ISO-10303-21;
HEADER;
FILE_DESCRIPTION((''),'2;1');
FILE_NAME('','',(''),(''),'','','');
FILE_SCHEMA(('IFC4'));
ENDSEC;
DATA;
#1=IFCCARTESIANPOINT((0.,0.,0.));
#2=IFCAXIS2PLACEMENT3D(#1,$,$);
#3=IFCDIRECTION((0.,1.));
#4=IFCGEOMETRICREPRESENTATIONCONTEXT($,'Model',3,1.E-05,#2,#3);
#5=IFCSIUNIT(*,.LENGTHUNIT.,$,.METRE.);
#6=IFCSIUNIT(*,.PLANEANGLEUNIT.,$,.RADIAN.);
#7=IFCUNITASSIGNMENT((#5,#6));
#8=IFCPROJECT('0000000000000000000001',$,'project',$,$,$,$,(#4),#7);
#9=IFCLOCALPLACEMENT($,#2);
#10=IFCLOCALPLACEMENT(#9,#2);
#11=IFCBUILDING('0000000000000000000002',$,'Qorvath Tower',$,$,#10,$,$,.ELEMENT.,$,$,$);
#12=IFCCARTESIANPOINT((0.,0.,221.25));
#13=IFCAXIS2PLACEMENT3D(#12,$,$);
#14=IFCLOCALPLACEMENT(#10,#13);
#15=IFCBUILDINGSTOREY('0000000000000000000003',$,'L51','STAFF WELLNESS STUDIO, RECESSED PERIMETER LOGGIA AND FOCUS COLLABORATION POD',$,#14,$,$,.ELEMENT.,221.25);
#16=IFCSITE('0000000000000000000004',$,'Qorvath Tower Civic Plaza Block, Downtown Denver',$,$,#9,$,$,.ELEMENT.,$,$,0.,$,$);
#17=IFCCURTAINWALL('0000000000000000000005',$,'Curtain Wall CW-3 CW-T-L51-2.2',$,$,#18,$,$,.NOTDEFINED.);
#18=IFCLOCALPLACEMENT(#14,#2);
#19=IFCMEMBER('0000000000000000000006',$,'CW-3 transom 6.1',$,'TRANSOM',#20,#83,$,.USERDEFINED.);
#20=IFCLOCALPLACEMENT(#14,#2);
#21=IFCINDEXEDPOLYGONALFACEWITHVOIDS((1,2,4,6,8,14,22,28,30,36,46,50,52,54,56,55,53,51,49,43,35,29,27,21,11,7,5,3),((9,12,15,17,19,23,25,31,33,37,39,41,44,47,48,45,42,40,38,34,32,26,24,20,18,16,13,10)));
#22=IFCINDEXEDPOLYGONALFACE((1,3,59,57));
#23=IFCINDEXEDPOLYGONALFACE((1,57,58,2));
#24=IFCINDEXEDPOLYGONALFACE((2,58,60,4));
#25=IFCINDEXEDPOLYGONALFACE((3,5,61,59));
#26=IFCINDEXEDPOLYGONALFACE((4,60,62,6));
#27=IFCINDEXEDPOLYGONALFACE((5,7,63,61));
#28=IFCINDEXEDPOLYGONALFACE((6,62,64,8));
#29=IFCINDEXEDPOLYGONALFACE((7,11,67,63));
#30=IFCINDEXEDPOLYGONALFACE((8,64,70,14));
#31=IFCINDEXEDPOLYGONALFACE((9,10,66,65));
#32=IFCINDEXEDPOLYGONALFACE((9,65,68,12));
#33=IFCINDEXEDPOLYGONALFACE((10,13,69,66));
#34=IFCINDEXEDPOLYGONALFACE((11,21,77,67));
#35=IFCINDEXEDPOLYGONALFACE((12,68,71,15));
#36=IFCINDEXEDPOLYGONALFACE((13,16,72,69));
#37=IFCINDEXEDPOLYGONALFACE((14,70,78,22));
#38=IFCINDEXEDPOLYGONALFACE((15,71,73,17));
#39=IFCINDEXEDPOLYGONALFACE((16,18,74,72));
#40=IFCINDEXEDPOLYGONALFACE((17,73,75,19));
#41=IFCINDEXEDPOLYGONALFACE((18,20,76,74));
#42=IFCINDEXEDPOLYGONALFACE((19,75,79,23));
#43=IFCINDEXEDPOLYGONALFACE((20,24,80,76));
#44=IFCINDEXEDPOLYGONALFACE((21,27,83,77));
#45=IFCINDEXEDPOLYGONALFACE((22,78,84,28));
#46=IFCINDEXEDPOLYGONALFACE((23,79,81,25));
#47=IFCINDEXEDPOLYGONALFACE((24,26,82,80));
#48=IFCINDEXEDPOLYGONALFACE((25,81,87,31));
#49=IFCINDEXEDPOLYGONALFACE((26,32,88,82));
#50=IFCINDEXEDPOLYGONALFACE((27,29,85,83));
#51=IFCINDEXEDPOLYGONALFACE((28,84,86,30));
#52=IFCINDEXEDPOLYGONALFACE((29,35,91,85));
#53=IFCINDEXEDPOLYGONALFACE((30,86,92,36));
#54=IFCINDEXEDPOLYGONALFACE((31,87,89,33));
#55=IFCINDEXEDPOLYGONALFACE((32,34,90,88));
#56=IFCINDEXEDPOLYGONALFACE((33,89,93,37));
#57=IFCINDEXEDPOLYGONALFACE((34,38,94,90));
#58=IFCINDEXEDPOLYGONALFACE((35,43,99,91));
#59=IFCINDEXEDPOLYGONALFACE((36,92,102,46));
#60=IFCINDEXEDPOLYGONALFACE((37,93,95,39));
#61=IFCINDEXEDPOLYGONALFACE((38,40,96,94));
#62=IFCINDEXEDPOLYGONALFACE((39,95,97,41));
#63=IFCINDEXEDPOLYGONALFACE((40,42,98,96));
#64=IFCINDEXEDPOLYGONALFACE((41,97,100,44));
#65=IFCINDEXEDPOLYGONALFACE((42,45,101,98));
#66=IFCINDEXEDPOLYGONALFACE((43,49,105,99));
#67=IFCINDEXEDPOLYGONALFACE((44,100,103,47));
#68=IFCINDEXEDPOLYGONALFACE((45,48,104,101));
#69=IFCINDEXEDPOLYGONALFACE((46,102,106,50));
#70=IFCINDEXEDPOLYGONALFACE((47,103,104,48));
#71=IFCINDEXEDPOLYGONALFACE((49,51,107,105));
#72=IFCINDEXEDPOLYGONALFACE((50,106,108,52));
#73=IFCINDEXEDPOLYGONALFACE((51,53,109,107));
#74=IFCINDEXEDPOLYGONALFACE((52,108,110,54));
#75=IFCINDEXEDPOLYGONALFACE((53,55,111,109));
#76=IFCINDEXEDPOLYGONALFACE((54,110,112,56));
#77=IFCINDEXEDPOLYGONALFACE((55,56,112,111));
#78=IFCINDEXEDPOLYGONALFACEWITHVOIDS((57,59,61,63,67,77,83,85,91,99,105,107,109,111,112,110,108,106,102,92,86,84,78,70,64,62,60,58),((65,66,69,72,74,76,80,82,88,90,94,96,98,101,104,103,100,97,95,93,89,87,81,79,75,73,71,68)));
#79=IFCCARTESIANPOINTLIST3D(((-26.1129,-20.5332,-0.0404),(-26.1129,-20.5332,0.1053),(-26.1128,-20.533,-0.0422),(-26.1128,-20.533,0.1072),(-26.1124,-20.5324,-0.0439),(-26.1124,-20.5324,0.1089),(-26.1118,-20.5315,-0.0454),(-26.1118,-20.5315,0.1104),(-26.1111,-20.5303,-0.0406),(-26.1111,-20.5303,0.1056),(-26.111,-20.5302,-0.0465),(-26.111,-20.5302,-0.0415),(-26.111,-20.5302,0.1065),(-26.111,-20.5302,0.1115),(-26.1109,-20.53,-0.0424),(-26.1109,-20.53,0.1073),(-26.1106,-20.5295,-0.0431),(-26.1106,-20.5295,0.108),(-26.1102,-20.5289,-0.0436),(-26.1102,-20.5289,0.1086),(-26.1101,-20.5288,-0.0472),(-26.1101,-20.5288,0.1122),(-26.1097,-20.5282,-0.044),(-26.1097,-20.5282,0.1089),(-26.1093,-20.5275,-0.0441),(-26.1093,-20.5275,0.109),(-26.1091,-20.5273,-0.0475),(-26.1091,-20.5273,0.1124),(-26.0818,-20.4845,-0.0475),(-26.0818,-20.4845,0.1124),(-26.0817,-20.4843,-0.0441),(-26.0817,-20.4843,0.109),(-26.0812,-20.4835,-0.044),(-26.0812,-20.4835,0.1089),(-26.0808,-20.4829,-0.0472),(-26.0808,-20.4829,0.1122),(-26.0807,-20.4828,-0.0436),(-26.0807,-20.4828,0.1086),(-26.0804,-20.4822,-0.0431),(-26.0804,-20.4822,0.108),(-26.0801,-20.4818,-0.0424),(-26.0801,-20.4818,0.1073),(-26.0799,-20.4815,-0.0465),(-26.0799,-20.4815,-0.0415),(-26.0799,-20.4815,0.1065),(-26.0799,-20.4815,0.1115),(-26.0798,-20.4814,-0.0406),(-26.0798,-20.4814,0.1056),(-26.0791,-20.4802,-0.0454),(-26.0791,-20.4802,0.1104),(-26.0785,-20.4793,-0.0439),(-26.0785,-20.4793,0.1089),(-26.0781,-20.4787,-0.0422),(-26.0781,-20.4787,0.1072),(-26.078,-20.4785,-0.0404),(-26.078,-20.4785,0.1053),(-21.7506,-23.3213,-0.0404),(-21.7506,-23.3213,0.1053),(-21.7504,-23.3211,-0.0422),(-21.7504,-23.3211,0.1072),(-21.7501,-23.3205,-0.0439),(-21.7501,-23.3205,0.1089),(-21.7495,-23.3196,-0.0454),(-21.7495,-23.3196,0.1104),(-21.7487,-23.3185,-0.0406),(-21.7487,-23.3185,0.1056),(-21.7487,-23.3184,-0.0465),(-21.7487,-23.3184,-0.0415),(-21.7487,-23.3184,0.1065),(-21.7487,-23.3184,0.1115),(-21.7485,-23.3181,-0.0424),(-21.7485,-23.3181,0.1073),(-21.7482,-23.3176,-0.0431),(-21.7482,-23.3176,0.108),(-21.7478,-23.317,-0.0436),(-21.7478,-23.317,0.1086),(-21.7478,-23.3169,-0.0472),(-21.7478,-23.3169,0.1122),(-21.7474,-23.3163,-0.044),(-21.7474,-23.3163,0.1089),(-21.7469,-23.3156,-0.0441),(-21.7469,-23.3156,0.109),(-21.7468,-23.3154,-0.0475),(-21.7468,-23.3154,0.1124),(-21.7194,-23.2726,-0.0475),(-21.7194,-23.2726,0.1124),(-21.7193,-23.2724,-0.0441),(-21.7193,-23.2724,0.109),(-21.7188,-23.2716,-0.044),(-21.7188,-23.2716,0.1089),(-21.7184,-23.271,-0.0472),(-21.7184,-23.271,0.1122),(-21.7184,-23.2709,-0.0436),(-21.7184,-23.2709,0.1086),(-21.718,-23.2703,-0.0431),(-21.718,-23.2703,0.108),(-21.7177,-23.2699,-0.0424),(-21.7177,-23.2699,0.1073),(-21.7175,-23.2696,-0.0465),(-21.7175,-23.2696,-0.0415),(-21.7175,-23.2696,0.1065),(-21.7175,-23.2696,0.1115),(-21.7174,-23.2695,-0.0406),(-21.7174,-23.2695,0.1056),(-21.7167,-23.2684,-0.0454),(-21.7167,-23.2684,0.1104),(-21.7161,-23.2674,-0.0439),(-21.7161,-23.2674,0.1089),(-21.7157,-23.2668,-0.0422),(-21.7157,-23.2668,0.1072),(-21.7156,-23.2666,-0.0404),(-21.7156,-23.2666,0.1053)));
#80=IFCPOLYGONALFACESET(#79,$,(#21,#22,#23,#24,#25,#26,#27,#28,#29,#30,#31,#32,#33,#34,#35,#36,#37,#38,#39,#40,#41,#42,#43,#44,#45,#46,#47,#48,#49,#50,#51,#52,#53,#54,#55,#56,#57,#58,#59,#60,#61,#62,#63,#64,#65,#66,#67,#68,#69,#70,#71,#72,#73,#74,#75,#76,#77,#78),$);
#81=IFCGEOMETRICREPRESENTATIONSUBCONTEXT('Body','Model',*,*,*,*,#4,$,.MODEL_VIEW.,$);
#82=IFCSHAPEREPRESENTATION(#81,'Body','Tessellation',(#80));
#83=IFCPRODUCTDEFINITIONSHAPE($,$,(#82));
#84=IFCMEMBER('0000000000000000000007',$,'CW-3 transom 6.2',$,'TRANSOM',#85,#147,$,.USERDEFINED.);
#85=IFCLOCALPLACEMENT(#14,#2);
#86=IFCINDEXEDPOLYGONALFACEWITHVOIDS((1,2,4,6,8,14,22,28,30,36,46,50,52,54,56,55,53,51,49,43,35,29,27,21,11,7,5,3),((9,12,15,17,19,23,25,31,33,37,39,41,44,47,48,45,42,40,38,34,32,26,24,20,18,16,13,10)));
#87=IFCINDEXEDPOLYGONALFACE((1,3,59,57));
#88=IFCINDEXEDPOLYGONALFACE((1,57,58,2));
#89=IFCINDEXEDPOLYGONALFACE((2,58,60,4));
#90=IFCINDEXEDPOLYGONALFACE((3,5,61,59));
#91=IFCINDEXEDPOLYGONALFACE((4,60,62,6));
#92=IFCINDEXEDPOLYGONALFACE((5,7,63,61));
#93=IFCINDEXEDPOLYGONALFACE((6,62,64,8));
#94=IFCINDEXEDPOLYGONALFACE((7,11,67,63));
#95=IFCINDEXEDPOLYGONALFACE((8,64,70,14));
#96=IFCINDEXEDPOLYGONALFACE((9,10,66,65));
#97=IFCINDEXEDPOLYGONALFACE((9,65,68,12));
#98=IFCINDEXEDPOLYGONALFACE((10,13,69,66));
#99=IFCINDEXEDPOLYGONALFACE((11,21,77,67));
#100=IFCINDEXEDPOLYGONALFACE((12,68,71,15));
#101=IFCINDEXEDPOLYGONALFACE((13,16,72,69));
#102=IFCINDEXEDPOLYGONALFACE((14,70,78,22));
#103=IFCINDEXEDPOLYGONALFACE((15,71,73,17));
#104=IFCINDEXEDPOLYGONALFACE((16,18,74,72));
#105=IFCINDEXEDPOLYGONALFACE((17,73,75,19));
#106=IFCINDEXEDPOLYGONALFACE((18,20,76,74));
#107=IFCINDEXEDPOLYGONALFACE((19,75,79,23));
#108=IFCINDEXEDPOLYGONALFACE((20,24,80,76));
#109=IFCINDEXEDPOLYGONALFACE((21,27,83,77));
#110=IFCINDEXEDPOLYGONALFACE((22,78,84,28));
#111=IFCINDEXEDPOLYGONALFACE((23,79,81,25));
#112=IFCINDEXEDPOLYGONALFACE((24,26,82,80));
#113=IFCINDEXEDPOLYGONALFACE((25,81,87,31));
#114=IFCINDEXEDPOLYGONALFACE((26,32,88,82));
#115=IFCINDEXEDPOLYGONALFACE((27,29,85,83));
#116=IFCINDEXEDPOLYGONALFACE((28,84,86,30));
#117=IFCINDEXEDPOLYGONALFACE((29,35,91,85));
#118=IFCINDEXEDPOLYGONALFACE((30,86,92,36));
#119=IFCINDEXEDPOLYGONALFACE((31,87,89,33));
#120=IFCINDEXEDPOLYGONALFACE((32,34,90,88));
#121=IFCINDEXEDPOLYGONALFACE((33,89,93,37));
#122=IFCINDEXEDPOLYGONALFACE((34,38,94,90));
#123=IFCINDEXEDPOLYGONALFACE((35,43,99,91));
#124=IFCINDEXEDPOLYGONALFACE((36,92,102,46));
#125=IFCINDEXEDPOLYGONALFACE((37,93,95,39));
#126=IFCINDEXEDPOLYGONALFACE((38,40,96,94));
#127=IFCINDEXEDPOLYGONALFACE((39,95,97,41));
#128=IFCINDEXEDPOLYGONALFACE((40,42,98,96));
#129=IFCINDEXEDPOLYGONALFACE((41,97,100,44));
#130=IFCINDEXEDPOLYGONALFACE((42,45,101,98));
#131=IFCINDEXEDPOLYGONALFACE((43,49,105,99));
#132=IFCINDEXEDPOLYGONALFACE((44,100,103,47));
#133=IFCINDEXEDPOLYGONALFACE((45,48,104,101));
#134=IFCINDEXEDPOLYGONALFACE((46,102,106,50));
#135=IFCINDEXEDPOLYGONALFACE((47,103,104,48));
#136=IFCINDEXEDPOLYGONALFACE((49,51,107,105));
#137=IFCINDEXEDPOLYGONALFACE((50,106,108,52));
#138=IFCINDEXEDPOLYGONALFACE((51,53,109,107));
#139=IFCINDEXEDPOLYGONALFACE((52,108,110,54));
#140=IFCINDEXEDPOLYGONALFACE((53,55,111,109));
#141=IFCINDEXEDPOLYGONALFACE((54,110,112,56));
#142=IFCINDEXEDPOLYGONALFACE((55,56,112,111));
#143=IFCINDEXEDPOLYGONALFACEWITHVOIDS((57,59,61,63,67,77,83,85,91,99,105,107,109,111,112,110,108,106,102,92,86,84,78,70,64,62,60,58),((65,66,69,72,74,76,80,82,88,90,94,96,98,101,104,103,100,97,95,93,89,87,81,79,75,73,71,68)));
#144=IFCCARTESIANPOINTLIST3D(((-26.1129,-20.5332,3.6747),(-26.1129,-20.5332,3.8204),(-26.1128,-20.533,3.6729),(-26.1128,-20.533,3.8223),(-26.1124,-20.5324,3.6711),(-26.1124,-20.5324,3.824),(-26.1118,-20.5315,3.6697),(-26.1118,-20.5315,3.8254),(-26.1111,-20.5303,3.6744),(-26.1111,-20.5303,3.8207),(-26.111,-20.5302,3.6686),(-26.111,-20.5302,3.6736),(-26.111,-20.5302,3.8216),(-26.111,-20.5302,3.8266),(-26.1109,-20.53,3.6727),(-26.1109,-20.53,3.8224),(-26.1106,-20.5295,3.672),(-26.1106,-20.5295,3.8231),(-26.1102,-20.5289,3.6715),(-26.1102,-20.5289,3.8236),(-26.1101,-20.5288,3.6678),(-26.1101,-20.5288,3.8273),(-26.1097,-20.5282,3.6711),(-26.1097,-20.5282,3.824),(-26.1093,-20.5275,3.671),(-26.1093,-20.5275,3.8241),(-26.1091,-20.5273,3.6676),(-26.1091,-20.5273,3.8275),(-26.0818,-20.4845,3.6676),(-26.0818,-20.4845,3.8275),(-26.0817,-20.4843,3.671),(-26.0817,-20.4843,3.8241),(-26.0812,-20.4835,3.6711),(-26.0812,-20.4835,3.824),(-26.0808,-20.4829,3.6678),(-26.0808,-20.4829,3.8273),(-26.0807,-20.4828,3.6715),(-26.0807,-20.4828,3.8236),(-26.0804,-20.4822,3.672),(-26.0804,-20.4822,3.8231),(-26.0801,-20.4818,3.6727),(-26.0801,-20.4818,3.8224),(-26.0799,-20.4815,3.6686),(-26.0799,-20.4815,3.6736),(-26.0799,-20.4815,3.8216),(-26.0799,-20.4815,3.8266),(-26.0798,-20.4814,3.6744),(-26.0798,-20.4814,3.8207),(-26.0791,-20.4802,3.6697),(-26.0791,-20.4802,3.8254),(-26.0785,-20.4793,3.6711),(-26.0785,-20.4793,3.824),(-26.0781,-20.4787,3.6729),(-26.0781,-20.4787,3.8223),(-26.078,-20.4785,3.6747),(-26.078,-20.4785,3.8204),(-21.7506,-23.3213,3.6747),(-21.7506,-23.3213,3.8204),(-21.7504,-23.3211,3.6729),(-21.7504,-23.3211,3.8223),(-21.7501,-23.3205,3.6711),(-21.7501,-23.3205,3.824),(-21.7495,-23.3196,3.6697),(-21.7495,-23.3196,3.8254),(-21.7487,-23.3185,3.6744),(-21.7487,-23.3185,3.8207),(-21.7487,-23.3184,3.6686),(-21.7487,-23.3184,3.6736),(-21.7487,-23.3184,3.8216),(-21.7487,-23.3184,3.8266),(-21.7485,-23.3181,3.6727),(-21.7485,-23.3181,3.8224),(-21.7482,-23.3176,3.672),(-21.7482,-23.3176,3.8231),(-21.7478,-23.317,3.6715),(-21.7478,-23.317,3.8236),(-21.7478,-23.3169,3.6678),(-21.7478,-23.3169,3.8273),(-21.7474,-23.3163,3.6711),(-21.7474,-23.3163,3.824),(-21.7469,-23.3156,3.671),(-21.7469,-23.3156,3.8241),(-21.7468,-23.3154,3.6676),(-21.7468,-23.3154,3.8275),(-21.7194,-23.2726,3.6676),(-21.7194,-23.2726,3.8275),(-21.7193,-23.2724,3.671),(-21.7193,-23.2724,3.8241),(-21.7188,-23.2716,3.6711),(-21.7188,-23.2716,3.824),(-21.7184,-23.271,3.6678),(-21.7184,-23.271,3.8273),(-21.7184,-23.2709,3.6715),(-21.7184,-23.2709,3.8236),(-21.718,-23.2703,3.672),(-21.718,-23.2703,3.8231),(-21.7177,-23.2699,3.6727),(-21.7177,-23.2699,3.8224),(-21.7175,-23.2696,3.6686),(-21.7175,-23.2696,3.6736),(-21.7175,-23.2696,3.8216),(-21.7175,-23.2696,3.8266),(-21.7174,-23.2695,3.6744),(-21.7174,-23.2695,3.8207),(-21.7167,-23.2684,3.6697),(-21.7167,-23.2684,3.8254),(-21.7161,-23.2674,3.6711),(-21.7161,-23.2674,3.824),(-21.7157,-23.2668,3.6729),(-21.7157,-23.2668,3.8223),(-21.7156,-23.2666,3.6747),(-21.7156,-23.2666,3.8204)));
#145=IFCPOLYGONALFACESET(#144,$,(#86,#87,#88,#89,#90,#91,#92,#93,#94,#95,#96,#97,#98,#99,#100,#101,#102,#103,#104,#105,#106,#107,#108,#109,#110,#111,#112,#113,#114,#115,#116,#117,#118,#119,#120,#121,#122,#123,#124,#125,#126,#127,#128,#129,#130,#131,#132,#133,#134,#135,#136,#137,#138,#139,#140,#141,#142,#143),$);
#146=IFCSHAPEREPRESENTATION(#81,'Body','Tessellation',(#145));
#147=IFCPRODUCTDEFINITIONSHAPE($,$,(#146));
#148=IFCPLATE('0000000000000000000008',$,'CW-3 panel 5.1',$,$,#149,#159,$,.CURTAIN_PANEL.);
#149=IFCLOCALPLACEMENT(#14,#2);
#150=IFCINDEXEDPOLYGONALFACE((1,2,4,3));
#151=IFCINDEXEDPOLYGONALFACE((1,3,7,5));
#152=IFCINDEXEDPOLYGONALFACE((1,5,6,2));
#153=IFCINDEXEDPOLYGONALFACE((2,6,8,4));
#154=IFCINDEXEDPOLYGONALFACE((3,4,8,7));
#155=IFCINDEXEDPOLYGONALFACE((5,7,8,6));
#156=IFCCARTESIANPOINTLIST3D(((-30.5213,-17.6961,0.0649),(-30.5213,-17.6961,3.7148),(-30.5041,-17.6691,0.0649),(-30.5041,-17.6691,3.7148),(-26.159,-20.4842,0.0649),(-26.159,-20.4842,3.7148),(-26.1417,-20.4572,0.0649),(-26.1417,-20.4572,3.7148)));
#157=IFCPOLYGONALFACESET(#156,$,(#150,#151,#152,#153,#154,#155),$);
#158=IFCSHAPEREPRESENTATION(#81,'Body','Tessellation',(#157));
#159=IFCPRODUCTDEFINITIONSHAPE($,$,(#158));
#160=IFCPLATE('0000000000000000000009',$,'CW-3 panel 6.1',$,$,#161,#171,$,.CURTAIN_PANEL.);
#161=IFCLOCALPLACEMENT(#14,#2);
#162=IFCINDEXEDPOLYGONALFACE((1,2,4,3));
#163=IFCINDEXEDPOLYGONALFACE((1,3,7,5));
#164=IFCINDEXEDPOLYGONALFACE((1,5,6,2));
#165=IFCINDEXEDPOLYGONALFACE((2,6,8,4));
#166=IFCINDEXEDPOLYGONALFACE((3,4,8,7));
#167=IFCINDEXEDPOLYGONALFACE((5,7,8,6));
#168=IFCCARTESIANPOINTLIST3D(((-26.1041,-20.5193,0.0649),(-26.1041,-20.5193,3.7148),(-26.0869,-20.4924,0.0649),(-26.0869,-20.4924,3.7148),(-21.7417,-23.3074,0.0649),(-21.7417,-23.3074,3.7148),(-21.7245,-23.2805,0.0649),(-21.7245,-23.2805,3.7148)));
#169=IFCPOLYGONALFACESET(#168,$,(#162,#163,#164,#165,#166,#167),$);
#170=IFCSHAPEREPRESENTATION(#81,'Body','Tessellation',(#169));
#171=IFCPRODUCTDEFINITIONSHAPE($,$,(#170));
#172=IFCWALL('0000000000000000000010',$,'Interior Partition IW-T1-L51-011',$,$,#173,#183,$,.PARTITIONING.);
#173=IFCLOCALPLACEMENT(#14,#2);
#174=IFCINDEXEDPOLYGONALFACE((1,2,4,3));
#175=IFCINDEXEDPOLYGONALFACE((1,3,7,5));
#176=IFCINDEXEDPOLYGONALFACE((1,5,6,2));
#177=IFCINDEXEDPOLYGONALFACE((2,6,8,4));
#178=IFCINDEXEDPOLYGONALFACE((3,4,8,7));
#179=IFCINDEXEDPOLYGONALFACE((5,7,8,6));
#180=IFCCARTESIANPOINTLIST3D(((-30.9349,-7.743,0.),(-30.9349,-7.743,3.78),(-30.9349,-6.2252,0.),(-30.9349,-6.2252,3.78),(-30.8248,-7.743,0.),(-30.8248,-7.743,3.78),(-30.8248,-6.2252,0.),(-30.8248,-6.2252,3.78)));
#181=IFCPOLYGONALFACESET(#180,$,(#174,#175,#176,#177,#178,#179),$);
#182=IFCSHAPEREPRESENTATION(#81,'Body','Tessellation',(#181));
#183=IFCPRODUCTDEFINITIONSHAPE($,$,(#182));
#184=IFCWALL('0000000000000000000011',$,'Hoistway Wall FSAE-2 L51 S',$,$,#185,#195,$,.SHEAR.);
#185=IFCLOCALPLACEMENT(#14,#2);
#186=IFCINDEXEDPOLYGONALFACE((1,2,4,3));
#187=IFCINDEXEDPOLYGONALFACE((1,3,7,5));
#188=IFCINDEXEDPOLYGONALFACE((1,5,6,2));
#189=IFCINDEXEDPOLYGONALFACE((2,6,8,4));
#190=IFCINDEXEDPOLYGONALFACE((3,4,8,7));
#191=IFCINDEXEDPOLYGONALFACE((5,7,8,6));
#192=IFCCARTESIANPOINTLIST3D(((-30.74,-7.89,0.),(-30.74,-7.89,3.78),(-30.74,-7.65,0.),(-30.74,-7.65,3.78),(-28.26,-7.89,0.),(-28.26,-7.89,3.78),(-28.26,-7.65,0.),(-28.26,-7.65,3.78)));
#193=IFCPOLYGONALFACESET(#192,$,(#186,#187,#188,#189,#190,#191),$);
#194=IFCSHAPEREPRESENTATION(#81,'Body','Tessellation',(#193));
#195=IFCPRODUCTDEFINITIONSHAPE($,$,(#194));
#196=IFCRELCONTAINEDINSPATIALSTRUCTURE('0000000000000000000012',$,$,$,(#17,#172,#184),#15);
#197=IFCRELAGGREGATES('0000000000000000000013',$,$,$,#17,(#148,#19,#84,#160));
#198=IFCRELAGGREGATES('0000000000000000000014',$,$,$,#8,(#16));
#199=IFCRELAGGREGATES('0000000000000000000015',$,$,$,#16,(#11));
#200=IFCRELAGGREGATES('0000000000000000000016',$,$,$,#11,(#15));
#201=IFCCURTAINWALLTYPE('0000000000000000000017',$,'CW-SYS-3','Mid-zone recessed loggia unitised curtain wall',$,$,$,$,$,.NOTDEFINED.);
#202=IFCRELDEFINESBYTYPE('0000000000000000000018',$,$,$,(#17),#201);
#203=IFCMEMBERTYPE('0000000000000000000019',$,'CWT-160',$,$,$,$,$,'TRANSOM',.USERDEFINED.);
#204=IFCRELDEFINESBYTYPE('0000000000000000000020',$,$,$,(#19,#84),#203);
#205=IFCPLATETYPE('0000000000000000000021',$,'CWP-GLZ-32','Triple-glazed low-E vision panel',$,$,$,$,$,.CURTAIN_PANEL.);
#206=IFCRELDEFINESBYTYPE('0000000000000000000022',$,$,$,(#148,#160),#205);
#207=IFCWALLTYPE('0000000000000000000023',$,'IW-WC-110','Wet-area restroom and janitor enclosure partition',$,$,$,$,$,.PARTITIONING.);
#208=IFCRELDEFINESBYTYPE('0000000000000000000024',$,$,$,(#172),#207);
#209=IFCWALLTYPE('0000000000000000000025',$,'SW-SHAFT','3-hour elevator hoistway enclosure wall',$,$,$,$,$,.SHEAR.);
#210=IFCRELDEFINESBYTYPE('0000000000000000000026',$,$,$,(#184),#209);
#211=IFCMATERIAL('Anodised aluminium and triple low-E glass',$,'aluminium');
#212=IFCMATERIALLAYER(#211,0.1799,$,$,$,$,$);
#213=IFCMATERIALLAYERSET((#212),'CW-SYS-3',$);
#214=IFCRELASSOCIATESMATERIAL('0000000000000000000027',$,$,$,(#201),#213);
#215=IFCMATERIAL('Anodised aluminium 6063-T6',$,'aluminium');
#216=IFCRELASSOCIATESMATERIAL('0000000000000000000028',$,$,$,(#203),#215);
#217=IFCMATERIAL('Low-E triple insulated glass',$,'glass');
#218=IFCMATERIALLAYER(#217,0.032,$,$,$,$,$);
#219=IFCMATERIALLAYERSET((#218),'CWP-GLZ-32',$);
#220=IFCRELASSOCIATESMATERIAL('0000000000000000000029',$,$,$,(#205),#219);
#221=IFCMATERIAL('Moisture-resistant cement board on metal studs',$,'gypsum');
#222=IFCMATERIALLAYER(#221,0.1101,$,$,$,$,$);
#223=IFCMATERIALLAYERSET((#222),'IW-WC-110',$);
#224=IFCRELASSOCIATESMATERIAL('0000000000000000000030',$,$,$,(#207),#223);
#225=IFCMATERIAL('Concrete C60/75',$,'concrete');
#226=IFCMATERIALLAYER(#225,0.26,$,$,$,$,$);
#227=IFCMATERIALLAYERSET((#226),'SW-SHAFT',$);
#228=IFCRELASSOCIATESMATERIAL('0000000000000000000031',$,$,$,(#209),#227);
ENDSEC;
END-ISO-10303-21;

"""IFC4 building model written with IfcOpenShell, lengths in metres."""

from ifc_helpers import new_model, si_unit, direction, frame, frame_2d, origin, origin_2d, place, context, subcontext, project, spatial, rectangle, hollow_rectangle, extrude, material, layer, layer_set, material_profile, profile_set, type_object, element, aggregate, save


model = new_model("IFC4")

# Units and contexts
model_context = context("Model", 3, precision=1e-05, world=origin(), true_north=direction((0.0, 1.0)))
body_context = subcontext(model_context, "Body", "Model", "MODEL_VIEW")
ifc_project = project(units=[si_unit("LENGTHUNIT", "METRE"), si_unit("PLANEANGLEUNIT", "RADIAN")], contexts=[model_context])

# Site, building, storey
site_placement = place(None, origin())
site = spatial("IfcSite", under=ifc_project, at=site_placement, Name="Qorvath Tower Civic Plaza Block, Downtown Denver", CompositionType="ELEMENT", RefElevation=0.0)
building_placement = place(site_placement, origin())
building = spatial("IfcBuilding", under=site, at=building_placement, Name="Qorvath Tower", CompositionType="ELEMENT")
storey_placement = place(building_placement, frame((0.0, 0.0, 221.25)))
storey = spatial("IfcBuildingStorey", under=building, at=storey_placement, Name="L51", Description="STAFF WELLNESS STUDIO, RECESSED PERIMETER LOGGIA AND FOCUS COLLABORATION POD", CompositionType="ELEMENT", Elevation=221.25)

# Curtain wall, members, plates
ifc_material_1 = material(Name="Anodised aluminium and triple low-E glass", Category="aluminium")
ifc_layer_1 = layer(ifc_material_1, 0.1799)
ifc_layer_set_1 = layer_set([ifc_layer_1], Name="CW-SYS-3")
curtain_wall_type = type_object("IfcCurtainWallType", Name="CW-SYS-3", Description="Mid-zone recessed loggia unitised curtain wall", PredefinedType="NOTDEFINED", material=ifc_layer_set_1)
curtain_wall_placement = place(storey_placement, origin())
curtain_wall = element("IfcCurtainWall", 1, at=curtain_wall_placement, inside=storey, type_object=curtain_wall_type, Name="Curtain Wall CW-3 CW-T-L51-2.2", PredefinedType="NOTDEFINED")
ifc_material_2 = material(Name="Anodised aluminium 6063-T6", Category="aluminium")
ifc_material_profile_1 = material_profile(ifc_material_2, hollow_rectangle(XDim=0.0649, YDim=0.1599, WallThickness=0.0034, InnerFilletRadius=0.0034, OuterFilletRadius=0.0071, at=origin_2d()), Name="CWT 160x65")
ifc_profile_set_1 = profile_set([ifc_material_profile_1], Name="Anodised aluminium 6063-T6")
member_type_1 = type_object("IfcMemberType", Name="CWT-160", ElementType="TRANSOM", PredefinedType="USERDEFINED", material=ifc_profile_set_1)
member_1_placement = place(storey_placement, frame((-26.0955, -20.5059, 0.0325), z_axis=(0.842604, -0.538534, 0.0), x_axis=(0.538534, 0.842604, 0.0)))
member_1 = element("IfcMember", 2, at=member_1_placement, type_object=member_type_1, Name="CW-3 transom 6.1", ObjectType="TRANSOM", PredefinedType="USERDEFINED", context=body_context, shape_type="SweptSolid", body=[
    extrude(hollow_rectangle(XDim=0.0649, YDim=0.1599, WallThickness=0.0034, InnerFilletRadius=0.0034, OuterFilletRadius=0.0071, at=origin_2d()), origin(), (0.0, 0.0, 1.0), 5.1772),
])
member_2_placement = place(storey_placement, frame((-26.0955, -20.5059, 3.7476), z_axis=(0.842604, -0.538534, 0.0), x_axis=(0.538534, 0.842604, 0.0)))
member_2 = element("IfcMember", 3, at=member_2_placement, type_object=member_type_1, Name="CW-3 transom 6.2", ObjectType="TRANSOM", PredefinedType="USERDEFINED", context=body_context, shape_type="SweptSolid", body=[
    extrude(hollow_rectangle(XDim=0.0649, YDim=0.1599, WallThickness=0.0034, InnerFilletRadius=0.0034, OuterFilletRadius=0.0071, at=origin_2d()), origin(), (0.0, 0.0, 1.0), 5.1772),
])
ifc_material_3 = material(Name="Low-E triple insulated glass", Category="glass")
ifc_layer_2 = layer(ifc_material_3, 0.032)
ifc_layer_set_2 = layer_set([ifc_layer_2], Name="CWP-GLZ-32")
plate_type = type_object("IfcPlateType", Name="CWP-GLZ-32", Description="Triple-glazed low-E vision panel", PredefinedType="CURTAIN_PANEL", material=ifc_layer_set_2)
plate_1_placement = place(storey_placement, frame((-28.3315, -19.0767, 0.0649), z_axis=(0.0, 0.0, 1.0), x_axis=(0.842603, -0.538535, 0.0)))
plate_1 = element("IfcPlate", 4, at=plate_1_placement, type_object=plate_type, Name="CW-3 panel 5.1", PredefinedType="CURTAIN_PANEL", context=body_context, shape_type="SweptSolid", body=[
    extrude(rectangle(XDim=5.1772, YDim=0.032, at=origin_2d()), origin(), (0.0, 0.0, 1.0), 3.6499),
])
plate_2_placement = place(storey_placement, frame((-23.9143, -21.8999, 0.0649), z_axis=(0.0, 0.0, 1.0), x_axis=(0.842603, -0.538535, 0.0)))
plate_2 = element("IfcPlate", 5, at=plate_2_placement, type_object=plate_type, Name="CW-3 panel 6.1", PredefinedType="CURTAIN_PANEL", context=body_context, shape_type="SweptSolid", body=[
    extrude(rectangle(XDim=5.1772, YDim=0.032, at=origin_2d()), origin(), (0.0, 0.0, 1.0), 3.6499),
])
aggregate(curtain_wall, [plate_1, member_1, member_2, plate_2])

# Walls
ifc_material_4 = material(Name="Moisture-resistant cement board on metal studs", Category="gypsum")
ifc_layer_3 = layer(ifc_material_4, 0.1101)
ifc_layer_set_3 = layer_set([ifc_layer_3], Name="IW-WC-110")
wall_type_1 = type_object("IfcWallType", Name="IW-WC-110", Description="Wet-area restroom and janitor enclosure partition", PredefinedType="PARTITIONING", material=ifc_layer_set_3)
wall_1_placement = place(storey_placement, frame((-30.8799, -7.7429, 0.0), z_axis=(0.0, 0.0, 1.0), x_axis=(0.0, 1.0, 0.0)))
element("IfcWall", 6, at=wall_1_placement, inside=storey, type_object=wall_type_1, Name="Interior Partition IW-T1-L51-011", PredefinedType="PARTITIONING", context=body_context, shape_type="SweptSolid", body=[
    extrude(rectangle(XDim=1.5178, YDim=0.1101, at=frame_2d((0.7588, 0.0))), origin(), (0.0, 0.0, 1.0), 3.78),
])
ifc_material_5 = material(Name="Concrete C60/75", Category="concrete")
ifc_layer_4 = layer(ifc_material_5, 0.26)
ifc_layer_set_4 = layer_set([ifc_layer_4], Name="SW-SHAFT")
wall_type_2 = type_object("IfcWallType", Name="SW-SHAFT", Description="3-hour elevator hoistway enclosure wall", PredefinedType="SHEAR", material=ifc_layer_set_4)
wall_2_placement = place(storey_placement, frame((-28.26, -7.77, 0.0), z_axis=(0.0, 0.0, 1.0), x_axis=(-1.0, 0.0, 0.0)))
element("IfcWall", 7, at=wall_2_placement, inside=storey, type_object=wall_type_2, Name="Hoistway Wall FSAE-2 L51 S", PredefinedType="SHEAR", context=body_context, shape_type="SweptSolid", body=[
    extrude(rectangle(XDim=2.48, YDim=0.24, at=frame_2d((1.24, 0.0))), origin(), (0.0, 0.0, 1.0), 3.78),
])

save(model, "model.ifc")
